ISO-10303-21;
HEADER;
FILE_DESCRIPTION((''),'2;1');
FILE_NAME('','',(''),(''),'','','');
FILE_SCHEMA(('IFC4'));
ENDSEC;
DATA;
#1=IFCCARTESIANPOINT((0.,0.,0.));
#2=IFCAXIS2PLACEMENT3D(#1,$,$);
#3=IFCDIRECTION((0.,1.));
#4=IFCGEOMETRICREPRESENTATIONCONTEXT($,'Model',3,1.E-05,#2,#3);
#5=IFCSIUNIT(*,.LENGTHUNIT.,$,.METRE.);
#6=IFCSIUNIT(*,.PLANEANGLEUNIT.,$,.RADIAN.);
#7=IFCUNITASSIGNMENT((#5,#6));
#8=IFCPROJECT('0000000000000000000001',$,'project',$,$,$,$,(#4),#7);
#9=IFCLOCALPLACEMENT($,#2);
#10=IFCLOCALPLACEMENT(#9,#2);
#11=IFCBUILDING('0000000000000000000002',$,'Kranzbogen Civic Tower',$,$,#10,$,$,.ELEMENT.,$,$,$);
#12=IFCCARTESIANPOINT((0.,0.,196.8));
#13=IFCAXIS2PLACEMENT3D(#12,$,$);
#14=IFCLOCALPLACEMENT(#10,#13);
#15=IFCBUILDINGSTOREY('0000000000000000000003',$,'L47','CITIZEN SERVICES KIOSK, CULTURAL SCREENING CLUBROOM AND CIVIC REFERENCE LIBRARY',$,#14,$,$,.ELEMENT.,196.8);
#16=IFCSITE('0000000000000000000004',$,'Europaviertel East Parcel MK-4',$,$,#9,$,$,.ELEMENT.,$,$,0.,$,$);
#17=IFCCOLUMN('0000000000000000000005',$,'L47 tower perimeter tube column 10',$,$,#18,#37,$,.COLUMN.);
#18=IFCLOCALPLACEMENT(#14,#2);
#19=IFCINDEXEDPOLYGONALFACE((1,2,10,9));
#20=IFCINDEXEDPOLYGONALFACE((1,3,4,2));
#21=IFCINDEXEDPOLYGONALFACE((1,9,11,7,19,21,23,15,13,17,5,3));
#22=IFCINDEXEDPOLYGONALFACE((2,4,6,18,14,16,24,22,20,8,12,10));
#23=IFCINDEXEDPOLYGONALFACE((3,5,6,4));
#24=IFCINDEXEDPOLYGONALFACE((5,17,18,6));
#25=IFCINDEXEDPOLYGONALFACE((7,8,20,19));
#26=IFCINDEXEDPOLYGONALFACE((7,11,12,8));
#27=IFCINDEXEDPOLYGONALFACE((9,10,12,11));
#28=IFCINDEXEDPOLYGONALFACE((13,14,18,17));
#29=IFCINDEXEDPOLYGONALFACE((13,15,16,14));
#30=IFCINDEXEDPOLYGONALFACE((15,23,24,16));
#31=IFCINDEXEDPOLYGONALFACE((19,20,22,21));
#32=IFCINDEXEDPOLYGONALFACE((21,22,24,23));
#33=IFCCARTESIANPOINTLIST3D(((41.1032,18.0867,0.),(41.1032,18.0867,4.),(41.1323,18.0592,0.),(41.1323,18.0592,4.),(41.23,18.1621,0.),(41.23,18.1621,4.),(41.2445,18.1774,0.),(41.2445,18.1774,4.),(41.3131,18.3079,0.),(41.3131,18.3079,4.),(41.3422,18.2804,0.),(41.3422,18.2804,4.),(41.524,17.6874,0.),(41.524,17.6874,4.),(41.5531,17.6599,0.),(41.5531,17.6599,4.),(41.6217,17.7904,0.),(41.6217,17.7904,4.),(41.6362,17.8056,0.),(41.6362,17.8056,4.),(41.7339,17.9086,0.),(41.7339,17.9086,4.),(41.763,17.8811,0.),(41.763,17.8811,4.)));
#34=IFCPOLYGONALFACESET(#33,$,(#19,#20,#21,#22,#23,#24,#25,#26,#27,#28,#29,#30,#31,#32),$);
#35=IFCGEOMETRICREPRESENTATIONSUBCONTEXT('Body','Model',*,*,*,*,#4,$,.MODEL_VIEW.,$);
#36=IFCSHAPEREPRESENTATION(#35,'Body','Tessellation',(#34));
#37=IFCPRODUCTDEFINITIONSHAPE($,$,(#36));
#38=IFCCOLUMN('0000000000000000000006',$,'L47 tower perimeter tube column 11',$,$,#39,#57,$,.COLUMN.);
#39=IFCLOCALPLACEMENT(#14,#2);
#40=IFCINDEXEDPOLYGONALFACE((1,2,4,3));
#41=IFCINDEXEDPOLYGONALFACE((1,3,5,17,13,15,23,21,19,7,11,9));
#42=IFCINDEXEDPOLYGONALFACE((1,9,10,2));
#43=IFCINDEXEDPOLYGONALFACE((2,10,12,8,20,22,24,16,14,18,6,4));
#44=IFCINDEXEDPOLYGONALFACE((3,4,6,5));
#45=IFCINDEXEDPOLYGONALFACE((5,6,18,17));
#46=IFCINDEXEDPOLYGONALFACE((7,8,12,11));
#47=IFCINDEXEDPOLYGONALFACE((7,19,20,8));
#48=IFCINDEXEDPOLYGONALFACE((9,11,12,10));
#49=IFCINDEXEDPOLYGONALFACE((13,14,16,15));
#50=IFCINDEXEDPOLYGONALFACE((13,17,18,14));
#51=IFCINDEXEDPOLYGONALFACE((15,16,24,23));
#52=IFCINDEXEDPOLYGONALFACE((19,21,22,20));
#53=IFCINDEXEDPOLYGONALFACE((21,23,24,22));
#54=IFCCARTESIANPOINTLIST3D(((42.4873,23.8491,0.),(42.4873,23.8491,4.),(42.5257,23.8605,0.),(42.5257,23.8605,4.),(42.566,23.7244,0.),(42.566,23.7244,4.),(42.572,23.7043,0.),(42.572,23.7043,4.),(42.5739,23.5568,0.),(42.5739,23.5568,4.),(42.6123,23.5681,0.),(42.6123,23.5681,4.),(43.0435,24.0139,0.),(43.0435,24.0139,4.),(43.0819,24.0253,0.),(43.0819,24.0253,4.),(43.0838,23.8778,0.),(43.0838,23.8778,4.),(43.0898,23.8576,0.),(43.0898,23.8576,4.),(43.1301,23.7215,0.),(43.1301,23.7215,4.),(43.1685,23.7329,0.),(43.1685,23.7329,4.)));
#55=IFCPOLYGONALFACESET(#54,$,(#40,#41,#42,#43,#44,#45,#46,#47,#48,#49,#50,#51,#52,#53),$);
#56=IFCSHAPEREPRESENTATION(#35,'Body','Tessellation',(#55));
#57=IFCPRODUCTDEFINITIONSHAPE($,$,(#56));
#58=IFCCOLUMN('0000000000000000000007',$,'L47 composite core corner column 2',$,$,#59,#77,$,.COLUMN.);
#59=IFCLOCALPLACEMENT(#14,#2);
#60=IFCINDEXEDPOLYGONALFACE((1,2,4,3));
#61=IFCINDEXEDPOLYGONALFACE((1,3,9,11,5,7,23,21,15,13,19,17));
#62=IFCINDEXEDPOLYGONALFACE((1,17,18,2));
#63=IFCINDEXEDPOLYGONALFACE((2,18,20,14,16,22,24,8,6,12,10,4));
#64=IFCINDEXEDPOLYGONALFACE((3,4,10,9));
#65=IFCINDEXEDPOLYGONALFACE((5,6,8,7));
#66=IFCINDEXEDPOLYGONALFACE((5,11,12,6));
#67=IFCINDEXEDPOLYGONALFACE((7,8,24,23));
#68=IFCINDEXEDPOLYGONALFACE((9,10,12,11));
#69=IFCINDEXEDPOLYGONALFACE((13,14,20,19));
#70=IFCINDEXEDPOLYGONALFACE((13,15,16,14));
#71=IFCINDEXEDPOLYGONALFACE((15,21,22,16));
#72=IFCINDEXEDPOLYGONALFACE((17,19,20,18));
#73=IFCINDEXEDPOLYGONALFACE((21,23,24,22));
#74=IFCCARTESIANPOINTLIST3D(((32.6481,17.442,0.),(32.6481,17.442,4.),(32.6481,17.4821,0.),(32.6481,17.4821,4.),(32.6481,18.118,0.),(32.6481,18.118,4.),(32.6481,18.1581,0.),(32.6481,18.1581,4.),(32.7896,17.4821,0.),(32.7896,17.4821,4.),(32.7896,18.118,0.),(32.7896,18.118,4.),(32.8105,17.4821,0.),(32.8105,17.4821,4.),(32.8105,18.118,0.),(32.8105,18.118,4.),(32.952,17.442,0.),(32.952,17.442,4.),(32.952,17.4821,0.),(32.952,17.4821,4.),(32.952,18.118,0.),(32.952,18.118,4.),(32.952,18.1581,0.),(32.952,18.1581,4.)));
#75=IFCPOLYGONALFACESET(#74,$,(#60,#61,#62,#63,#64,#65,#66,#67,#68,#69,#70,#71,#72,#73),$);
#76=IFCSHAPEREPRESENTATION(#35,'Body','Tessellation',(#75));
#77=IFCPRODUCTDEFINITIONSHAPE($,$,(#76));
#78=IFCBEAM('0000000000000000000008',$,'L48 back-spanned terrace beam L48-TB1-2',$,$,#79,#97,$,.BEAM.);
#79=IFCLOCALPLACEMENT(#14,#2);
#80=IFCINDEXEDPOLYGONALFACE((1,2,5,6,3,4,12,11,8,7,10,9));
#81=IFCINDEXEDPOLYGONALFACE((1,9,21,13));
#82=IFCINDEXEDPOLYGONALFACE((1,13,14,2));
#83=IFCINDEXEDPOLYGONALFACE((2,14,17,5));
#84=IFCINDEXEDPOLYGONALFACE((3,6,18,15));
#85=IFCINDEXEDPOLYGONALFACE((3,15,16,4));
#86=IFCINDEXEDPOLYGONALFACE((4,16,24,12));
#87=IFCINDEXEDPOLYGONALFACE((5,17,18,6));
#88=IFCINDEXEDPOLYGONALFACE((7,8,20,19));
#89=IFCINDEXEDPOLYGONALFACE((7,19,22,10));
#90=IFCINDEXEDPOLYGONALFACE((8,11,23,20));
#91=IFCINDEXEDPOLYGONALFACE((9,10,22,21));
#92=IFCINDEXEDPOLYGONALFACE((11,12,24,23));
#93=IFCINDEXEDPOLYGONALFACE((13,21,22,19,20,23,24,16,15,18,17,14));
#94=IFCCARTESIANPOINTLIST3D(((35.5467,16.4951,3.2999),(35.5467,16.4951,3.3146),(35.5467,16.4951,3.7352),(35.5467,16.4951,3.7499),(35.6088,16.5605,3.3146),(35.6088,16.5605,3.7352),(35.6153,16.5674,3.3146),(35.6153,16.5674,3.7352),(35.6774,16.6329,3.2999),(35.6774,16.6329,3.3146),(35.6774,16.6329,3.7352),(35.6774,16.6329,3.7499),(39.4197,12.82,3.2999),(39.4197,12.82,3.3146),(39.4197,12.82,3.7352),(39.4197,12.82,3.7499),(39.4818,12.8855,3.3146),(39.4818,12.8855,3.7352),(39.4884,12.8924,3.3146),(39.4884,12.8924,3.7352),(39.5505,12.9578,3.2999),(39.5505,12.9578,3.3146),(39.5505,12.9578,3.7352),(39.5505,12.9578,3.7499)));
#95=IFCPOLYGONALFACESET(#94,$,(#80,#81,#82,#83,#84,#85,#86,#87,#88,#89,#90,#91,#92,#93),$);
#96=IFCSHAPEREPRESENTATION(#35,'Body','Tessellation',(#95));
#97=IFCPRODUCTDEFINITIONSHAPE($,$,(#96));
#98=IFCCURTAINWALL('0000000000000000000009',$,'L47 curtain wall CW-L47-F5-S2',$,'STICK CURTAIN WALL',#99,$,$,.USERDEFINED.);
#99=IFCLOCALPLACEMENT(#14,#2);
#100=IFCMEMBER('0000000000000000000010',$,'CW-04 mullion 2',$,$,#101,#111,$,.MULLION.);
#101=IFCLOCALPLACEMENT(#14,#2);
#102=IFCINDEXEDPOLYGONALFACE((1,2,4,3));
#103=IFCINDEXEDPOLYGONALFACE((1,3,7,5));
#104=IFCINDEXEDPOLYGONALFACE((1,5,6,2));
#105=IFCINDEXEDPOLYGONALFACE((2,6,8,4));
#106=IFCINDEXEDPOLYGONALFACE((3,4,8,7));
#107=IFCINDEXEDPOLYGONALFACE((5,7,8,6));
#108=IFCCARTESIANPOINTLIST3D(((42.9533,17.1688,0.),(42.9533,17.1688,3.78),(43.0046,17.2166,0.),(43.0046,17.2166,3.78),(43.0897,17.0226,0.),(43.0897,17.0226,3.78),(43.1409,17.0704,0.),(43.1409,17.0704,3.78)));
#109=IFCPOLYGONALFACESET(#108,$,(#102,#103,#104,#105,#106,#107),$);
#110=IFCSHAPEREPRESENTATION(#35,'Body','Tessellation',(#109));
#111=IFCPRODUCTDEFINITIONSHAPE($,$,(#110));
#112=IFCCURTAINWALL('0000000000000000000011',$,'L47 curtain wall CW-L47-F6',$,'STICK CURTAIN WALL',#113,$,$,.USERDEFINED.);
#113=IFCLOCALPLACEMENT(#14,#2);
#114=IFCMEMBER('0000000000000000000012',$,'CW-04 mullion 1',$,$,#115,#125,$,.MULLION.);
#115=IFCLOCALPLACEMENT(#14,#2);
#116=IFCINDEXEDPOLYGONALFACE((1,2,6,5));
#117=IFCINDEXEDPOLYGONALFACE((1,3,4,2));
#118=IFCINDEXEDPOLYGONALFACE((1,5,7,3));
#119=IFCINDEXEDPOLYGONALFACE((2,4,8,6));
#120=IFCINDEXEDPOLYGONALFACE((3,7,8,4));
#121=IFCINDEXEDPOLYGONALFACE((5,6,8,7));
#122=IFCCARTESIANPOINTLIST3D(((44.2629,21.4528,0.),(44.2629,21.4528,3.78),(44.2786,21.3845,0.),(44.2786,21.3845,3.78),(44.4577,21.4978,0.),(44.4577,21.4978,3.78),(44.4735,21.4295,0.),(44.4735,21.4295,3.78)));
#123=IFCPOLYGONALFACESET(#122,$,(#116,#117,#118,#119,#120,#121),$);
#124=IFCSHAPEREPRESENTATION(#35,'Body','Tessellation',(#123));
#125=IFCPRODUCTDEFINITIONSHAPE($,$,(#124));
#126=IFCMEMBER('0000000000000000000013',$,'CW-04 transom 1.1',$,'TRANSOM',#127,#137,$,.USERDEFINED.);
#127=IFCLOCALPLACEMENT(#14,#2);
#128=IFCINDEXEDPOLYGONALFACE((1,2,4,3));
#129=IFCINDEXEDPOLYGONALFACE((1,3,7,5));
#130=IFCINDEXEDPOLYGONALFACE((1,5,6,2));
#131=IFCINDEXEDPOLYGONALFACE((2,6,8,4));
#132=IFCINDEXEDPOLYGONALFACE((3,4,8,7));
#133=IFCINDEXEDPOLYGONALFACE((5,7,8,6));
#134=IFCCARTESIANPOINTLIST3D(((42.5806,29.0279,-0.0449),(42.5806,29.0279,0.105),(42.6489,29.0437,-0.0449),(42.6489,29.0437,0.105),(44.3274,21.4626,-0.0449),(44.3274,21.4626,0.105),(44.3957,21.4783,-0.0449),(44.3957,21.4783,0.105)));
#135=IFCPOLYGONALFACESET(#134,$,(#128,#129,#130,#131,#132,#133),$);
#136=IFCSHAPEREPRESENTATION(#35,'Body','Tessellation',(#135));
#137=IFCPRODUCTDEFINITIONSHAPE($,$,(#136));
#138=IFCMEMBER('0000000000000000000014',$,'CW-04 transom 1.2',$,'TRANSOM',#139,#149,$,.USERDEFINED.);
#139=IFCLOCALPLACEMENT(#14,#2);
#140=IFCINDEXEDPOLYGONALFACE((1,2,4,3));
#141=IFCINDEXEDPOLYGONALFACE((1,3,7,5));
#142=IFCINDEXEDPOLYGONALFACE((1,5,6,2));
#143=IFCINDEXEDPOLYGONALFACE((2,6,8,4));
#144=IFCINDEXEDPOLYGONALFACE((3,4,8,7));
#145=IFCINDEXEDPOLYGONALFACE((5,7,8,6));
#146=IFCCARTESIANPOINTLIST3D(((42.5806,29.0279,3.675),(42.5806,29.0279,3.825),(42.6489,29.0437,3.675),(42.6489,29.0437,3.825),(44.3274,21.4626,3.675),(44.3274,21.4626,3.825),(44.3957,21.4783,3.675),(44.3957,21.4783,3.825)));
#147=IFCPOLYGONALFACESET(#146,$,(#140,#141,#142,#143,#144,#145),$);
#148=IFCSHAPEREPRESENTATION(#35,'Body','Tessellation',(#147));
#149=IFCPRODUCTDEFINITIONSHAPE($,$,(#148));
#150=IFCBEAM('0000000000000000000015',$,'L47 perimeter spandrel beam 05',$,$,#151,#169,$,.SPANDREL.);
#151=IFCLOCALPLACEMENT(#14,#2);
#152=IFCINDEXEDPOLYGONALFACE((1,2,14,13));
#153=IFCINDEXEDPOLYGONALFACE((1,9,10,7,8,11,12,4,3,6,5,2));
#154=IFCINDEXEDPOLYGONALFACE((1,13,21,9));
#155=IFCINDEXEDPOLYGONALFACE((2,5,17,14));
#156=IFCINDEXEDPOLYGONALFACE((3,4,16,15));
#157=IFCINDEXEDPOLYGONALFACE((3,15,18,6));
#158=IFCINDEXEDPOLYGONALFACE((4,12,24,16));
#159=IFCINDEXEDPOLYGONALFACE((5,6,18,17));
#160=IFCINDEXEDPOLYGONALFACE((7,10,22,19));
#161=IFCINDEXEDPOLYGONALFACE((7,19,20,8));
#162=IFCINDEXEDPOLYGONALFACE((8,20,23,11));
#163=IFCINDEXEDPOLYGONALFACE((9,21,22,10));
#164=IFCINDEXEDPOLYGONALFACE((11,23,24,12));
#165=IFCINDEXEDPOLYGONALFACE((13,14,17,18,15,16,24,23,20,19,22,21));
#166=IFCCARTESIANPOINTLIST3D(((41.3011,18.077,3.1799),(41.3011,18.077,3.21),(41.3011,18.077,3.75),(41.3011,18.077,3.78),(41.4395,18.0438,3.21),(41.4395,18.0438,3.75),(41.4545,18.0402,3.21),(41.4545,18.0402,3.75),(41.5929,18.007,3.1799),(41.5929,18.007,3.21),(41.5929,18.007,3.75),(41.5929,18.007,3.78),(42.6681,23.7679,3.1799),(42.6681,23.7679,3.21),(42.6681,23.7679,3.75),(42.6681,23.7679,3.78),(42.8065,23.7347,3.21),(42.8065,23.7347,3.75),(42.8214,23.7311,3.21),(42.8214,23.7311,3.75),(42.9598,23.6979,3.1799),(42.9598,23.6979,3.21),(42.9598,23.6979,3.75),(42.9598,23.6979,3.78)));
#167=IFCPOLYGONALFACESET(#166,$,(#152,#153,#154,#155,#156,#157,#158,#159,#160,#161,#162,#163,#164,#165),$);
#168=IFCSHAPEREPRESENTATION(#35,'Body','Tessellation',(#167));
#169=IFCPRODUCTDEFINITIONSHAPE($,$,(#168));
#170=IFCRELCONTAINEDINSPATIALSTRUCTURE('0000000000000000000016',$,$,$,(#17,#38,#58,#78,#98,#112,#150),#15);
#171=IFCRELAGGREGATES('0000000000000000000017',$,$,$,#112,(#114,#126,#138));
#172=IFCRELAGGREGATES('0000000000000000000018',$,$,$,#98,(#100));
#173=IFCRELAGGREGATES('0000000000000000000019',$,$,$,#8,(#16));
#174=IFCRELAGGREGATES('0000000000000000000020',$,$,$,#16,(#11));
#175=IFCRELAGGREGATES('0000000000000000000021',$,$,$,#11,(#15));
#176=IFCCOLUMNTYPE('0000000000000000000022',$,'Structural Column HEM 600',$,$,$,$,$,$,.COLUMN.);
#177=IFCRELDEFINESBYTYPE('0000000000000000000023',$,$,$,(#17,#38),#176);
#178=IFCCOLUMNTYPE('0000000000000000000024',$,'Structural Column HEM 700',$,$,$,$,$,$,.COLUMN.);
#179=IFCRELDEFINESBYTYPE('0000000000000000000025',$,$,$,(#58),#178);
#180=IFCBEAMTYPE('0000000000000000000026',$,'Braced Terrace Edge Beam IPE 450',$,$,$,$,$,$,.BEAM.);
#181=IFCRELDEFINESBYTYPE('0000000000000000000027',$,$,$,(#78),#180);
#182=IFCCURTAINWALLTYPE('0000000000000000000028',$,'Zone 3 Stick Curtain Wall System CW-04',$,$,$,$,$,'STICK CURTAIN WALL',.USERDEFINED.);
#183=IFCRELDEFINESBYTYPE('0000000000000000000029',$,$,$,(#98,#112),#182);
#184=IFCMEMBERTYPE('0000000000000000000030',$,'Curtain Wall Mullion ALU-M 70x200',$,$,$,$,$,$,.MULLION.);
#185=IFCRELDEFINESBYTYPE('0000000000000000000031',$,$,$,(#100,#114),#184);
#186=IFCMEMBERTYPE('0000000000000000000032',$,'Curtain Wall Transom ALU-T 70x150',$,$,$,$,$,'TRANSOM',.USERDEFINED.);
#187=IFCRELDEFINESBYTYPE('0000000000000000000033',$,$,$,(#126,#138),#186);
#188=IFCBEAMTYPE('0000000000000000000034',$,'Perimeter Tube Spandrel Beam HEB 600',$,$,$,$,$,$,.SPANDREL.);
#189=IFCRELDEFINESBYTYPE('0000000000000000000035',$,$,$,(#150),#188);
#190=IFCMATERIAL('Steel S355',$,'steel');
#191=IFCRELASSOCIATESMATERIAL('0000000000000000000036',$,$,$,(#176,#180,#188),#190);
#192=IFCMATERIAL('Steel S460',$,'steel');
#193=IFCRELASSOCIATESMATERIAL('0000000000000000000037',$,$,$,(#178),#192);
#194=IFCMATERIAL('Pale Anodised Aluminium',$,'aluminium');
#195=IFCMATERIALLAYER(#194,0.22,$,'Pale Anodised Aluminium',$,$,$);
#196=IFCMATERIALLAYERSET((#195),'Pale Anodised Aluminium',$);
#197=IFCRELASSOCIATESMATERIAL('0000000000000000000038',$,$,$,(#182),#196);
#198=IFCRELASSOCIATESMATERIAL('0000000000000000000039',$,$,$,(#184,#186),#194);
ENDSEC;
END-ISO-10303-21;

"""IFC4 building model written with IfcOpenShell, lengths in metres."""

from ifc_helpers import new_model, si_unit, direction, frame, origin, origin_2d, place, context, subcontext, project, spatial, rectangle, i_section, extrude, material, layer, layer_set, material_profile, profile_set, type_object, element, aggregate, save


model = new_model("IFC4")

# Units and contexts
model_context = context("Model", 3, precision=1e-05, world=origin(), true_north=direction((0.0, 1.0)))
body_context = subcontext(model_context, "Body", "Model", "MODEL_VIEW")
ifc_project = project(units=[si_unit("LENGTHUNIT", "METRE"), si_unit("PLANEANGLEUNIT", "RADIAN")], contexts=[model_context])

# Site, building, storey
site_placement = place(None, origin())
site = spatial("IfcSite", under=ifc_project, at=site_placement, Name="Europaviertel East Parcel MK-4", CompositionType="ELEMENT", RefElevation=0.0)
building_placement = place(site_placement, origin())
building = spatial("IfcBuilding", under=site, at=building_placement, Name="Kranzbogen Civic Tower", CompositionType="ELEMENT")
storey_placement = place(building_placement, frame((0.0, 0.0, 196.8)))
storey = spatial("IfcBuildingStorey", under=building, at=storey_placement, Name="L47", Description="CITIZEN SERVICES KIOSK, CULTURAL SCREENING CLUBROOM AND CIVIC REFERENCE LIBRARY", CompositionType="ELEMENT", Elevation=196.8)

# Columns
ifc_material_1 = material(Name="Steel S355", Category="steel")
ifc_material_profile_1 = material_profile(ifc_material_1, i_section(OverallWidth=0.3049, OverallDepth=0.6201, WebThickness=0.021, FlangeThickness=0.04, at=origin_2d()), Name="HEM 600")
ifc_profile_set_1 = profile_set([ifc_material_profile_1], Name="Steel S355")
column_type_1 = type_object("IfcColumnType", Name="Structural Column HEM 600", PredefinedType="COLUMN", material=ifc_profile_set_1)
for number, where, z_axis, x_axis, name in (
    (1, (41.4331, 17.9839, 0.0), (0.0, 0.0, 1.0), (0.688355, 0.725374, 0.0), "L47 tower perimeter tube column 10"),
    (2, (42.8279, 23.791, 0.0), (0.0, 0.0, 1.0), (-0.284015, 0.95882, 0.0), "L47 tower perimeter tube column 11"),
):
    element("IfcColumn", number, at=place(storey_placement, frame(where, z_axis=z_axis, x_axis=x_axis)), inside=storey, type_object=column_type_1, Name=name, PredefinedType="COLUMN", context=body_context, shape_type="SweptSolid", body=[
        extrude(i_section(OverallWidth=0.3049, OverallDepth=0.6201, WebThickness=0.021, FlangeThickness=0.04, at=origin_2d()), origin(), (0.0, 0.0, 1.0), 4.0),
    ])
ifc_material_2 = material(Name="Steel S460", Category="steel")
ifc_material_profile_2 = material_profile(ifc_material_2, i_section(OverallWidth=0.304, OverallDepth=0.7161, WebThickness=0.021, FlangeThickness=0.04, at=origin_2d()), Name="HEM 700")
ifc_profile_set_2 = profile_set([ifc_material_profile_2], Name="Steel S460")
column_type_2 = type_object("IfcColumnType", Name="Structural Column HEM 700", PredefinedType="COLUMN", material=ifc_profile_set_2)
column_placement = place(storey_placement, frame((32.8, 17.8, 0.0), z_axis=(0.0, 0.0, 1.0), x_axis=(1.0, 0.0, 0.0)))
element("IfcColumn", 3, at=column_placement, inside=storey, type_object=column_type_2, Name="L47 composite core corner column 2", PredefinedType="COLUMN", context=body_context, shape_type="SweptSolid", body=[
    extrude(i_section(OverallWidth=0.304, OverallDepth=0.7161, WebThickness=0.021, FlangeThickness=0.04, at=origin_2d()), origin(), (0.0, 0.0, 1.0), 4.0),
])

# Beam
ifc_material_profile_3 = material_profile(ifc_material_1, i_section(OverallWidth=0.1899, OverallDepth=0.45, WebThickness=0.0095, FlangeThickness=0.0146, at=origin_2d()), Name="IPE 450")
ifc_profile_set_3 = profile_set([ifc_material_profile_3], Name="Steel S355")
beam_type_1 = type_object("IfcBeamType", Name="Braced Terrace Edge Beam IPE 450", PredefinedType="BEAM", material=ifc_profile_set_3)
beam_1_placement = place(storey_placement, frame((35.6121, 16.564, 3.5249), z_axis=(0.725406, -0.688322, 0.0), x_axis=(0.688322, 0.725406, 0.0)))
element("IfcBeam", 4, at=beam_1_placement, inside=storey, type_object=beam_type_1, Name="L48 back-spanned terrace beam L48-TB1-2", PredefinedType="BEAM", context=body_context, shape_type="SweptSolid", body=[
    extrude(i_section(OverallWidth=0.1899, OverallDepth=0.45, WebThickness=0.0095, FlangeThickness=0.0146, at=origin_2d()), origin(), (0.0, 0.0, 1.0), 5.3391),
])

# Curtain wall, member
ifc_material_3 = material(Name="Pale Anodised Aluminium", Category="aluminium")
ifc_layer_1 = layer(ifc_material_3, 0.22, Name="Pale Anodised Aluminium")
ifc_layer_set_1 = layer_set([ifc_layer_1], Name="Pale Anodised Aluminium")
curtain_wall_type = type_object("IfcCurtainWallType", Name="Zone 3 Stick Curtain Wall System CW-04", ElementType="STICK CURTAIN WALL", PredefinedType="USERDEFINED", material=ifc_layer_set_1)
curtain_wall_1_placement = place(storey_placement, origin())
curtain_wall_1 = element("IfcCurtainWall", 5, at=curtain_wall_1_placement, inside=storey, type_object=curtain_wall_type, Name="L47 curtain wall CW-L47-F5-S2", ObjectType="STICK CURTAIN WALL", PredefinedType="USERDEFINED")
ifc_material_profile_4 = material_profile(ifc_material_3, rectangle(XDim=0.0701, YDim=0.2, at=origin_2d()), Name="ALU-M 70x200")
ifc_profile_set_4 = profile_set([ifc_material_profile_4], Name="Pale Anodised Aluminium")
member_type_1 = type_object("IfcMemberType", Name="Curtain Wall Mullion ALU-M 70x200", PredefinedType="MULLION", material=ifc_profile_set_4)
member_1_placement = place(storey_placement, frame((43.0471, 17.1196, 0.0), z_axis=(0.0, 0.0, 1.0), x_axis=(0.73132, 0.682034, 0.0)))
member_1 = element("IfcMember", 6, at=member_1_placement, type_object=member_type_1, Name="CW-04 mullion 2", PredefinedType="MULLION", context=body_context, shape_type="SweptSolid", body=[
    extrude(rectangle(XDim=0.0701, YDim=0.2, at=origin_2d()), origin(), (0.0, 0.0, 1.0), 3.78),
])

# Curtain wall, members
curtain_wall_2_placement = place(storey_placement, origin())
curtain_wall_2 = element("IfcCurtainWall", 7, at=curtain_wall_2_placement, inside=storey, type_object=curtain_wall_type, Name="L47 curtain wall CW-L47-F6", ObjectType="STICK CURTAIN WALL", PredefinedType="USERDEFINED")
member_2_placement = place(storey_placement, frame((44.3682, 21.4412, 0.0), z_axis=(0.0, 0.0, 1.0), x_axis=(-0.224971, 0.974365, 0.0)))
member_2 = element("IfcMember", 8, at=member_2_placement, type_object=member_type_1, Name="CW-04 mullion 1", PredefinedType="MULLION", context=body_context, shape_type="SweptSolid", body=[
    extrude(rectangle(XDim=0.0701, YDim=0.2, at=origin_2d()), origin(), (0.0, 0.0, 1.0), 3.78),
])
ifc_material_profile_5 = material_profile(ifc_material_3, rectangle(XDim=0.0701, YDim=0.1499, at=origin_2d()), Name="ALU-T 70x150")
ifc_profile_set_5 = profile_set([ifc_material_profile_5], Name="Pale Anodised Aluminium")
member_type_2 = type_object("IfcMemberType", Name="Curtain Wall Transom ALU-T 70x150", ElementType="TRANSOM", PredefinedType="USERDEFINED", material=ifc_profile_set_5)
member_3_placement = place(storey_placement, frame((44.3616, 21.4705, 0.03), z_axis=(-0.224977, 0.974364, 0.0), x_axis=(-0.974364, -0.224977, 0.0)))
member_3 = element("IfcMember", 9, at=member_3_placement, type_object=member_type_2, Name="CW-04 transom 1.1", ObjectType="TRANSOM", PredefinedType="USERDEFINED", context=body_context, shape_type="SweptSolid", body=[
    extrude(rectangle(XDim=0.0701, YDim=0.1499, at=origin_2d()), origin(), (0.0, 0.0, 1.0), 7.7644),
])
member_4_placement = place(storey_placement, frame((44.3616, 21.4705, 3.75), z_axis=(-0.224977, 0.974364, 0.0), x_axis=(-0.974364, -0.224977, 0.0)))
member_4 = element("IfcMember", 10, at=member_4_placement, type_object=member_type_2, Name="CW-04 transom 1.2", ObjectType="TRANSOM", PredefinedType="USERDEFINED", context=body_context, shape_type="SweptSolid", body=[
    extrude(rectangle(XDim=0.0701, YDim=0.1499, at=origin_2d()), origin(), (0.0, 0.0, 1.0), 7.7644),
])
aggregate(curtain_wall_2, [member_2, member_3, member_4])

# Beam
ifc_material_profile_6 = material_profile(ifc_material_1, i_section(OverallWidth=0.3, OverallDepth=0.6001, WebThickness=0.0154, FlangeThickness=0.03, at=origin_2d()), Name="HEB 600")
ifc_profile_set_6 = profile_set([ifc_material_profile_6], Name="Steel S355")
beam_type_2 = type_object("IfcBeamType", Name="Perimeter Tube Spandrel Beam HEB 600", PredefinedType="SPANDREL", material=ifc_profile_set_6)
beam_2_placement = place(storey_placement, frame((41.447, 18.042, 3.48), z_axis=(0.233554, 0.972344, 0.0), x_axis=(-0.972344, 0.233554, 0.0)))
element("IfcBeam", 11, at=beam_2_placement, inside=storey, type_object=beam_type_2, Name="L47 perimeter spandrel beam 05", PredefinedType="SPANDREL", context=body_context, shape_type="SweptSolid", body=[
    extrude(i_section(OverallWidth=0.3, OverallDepth=0.6001, WebThickness=0.0154, FlangeThickness=0.03, at=origin_2d()), origin(), (0.0, 0.0, 1.0), 5.8528),
])

aggregate(curtain_wall_1, [member_1])

save(model, "model.ifc")
